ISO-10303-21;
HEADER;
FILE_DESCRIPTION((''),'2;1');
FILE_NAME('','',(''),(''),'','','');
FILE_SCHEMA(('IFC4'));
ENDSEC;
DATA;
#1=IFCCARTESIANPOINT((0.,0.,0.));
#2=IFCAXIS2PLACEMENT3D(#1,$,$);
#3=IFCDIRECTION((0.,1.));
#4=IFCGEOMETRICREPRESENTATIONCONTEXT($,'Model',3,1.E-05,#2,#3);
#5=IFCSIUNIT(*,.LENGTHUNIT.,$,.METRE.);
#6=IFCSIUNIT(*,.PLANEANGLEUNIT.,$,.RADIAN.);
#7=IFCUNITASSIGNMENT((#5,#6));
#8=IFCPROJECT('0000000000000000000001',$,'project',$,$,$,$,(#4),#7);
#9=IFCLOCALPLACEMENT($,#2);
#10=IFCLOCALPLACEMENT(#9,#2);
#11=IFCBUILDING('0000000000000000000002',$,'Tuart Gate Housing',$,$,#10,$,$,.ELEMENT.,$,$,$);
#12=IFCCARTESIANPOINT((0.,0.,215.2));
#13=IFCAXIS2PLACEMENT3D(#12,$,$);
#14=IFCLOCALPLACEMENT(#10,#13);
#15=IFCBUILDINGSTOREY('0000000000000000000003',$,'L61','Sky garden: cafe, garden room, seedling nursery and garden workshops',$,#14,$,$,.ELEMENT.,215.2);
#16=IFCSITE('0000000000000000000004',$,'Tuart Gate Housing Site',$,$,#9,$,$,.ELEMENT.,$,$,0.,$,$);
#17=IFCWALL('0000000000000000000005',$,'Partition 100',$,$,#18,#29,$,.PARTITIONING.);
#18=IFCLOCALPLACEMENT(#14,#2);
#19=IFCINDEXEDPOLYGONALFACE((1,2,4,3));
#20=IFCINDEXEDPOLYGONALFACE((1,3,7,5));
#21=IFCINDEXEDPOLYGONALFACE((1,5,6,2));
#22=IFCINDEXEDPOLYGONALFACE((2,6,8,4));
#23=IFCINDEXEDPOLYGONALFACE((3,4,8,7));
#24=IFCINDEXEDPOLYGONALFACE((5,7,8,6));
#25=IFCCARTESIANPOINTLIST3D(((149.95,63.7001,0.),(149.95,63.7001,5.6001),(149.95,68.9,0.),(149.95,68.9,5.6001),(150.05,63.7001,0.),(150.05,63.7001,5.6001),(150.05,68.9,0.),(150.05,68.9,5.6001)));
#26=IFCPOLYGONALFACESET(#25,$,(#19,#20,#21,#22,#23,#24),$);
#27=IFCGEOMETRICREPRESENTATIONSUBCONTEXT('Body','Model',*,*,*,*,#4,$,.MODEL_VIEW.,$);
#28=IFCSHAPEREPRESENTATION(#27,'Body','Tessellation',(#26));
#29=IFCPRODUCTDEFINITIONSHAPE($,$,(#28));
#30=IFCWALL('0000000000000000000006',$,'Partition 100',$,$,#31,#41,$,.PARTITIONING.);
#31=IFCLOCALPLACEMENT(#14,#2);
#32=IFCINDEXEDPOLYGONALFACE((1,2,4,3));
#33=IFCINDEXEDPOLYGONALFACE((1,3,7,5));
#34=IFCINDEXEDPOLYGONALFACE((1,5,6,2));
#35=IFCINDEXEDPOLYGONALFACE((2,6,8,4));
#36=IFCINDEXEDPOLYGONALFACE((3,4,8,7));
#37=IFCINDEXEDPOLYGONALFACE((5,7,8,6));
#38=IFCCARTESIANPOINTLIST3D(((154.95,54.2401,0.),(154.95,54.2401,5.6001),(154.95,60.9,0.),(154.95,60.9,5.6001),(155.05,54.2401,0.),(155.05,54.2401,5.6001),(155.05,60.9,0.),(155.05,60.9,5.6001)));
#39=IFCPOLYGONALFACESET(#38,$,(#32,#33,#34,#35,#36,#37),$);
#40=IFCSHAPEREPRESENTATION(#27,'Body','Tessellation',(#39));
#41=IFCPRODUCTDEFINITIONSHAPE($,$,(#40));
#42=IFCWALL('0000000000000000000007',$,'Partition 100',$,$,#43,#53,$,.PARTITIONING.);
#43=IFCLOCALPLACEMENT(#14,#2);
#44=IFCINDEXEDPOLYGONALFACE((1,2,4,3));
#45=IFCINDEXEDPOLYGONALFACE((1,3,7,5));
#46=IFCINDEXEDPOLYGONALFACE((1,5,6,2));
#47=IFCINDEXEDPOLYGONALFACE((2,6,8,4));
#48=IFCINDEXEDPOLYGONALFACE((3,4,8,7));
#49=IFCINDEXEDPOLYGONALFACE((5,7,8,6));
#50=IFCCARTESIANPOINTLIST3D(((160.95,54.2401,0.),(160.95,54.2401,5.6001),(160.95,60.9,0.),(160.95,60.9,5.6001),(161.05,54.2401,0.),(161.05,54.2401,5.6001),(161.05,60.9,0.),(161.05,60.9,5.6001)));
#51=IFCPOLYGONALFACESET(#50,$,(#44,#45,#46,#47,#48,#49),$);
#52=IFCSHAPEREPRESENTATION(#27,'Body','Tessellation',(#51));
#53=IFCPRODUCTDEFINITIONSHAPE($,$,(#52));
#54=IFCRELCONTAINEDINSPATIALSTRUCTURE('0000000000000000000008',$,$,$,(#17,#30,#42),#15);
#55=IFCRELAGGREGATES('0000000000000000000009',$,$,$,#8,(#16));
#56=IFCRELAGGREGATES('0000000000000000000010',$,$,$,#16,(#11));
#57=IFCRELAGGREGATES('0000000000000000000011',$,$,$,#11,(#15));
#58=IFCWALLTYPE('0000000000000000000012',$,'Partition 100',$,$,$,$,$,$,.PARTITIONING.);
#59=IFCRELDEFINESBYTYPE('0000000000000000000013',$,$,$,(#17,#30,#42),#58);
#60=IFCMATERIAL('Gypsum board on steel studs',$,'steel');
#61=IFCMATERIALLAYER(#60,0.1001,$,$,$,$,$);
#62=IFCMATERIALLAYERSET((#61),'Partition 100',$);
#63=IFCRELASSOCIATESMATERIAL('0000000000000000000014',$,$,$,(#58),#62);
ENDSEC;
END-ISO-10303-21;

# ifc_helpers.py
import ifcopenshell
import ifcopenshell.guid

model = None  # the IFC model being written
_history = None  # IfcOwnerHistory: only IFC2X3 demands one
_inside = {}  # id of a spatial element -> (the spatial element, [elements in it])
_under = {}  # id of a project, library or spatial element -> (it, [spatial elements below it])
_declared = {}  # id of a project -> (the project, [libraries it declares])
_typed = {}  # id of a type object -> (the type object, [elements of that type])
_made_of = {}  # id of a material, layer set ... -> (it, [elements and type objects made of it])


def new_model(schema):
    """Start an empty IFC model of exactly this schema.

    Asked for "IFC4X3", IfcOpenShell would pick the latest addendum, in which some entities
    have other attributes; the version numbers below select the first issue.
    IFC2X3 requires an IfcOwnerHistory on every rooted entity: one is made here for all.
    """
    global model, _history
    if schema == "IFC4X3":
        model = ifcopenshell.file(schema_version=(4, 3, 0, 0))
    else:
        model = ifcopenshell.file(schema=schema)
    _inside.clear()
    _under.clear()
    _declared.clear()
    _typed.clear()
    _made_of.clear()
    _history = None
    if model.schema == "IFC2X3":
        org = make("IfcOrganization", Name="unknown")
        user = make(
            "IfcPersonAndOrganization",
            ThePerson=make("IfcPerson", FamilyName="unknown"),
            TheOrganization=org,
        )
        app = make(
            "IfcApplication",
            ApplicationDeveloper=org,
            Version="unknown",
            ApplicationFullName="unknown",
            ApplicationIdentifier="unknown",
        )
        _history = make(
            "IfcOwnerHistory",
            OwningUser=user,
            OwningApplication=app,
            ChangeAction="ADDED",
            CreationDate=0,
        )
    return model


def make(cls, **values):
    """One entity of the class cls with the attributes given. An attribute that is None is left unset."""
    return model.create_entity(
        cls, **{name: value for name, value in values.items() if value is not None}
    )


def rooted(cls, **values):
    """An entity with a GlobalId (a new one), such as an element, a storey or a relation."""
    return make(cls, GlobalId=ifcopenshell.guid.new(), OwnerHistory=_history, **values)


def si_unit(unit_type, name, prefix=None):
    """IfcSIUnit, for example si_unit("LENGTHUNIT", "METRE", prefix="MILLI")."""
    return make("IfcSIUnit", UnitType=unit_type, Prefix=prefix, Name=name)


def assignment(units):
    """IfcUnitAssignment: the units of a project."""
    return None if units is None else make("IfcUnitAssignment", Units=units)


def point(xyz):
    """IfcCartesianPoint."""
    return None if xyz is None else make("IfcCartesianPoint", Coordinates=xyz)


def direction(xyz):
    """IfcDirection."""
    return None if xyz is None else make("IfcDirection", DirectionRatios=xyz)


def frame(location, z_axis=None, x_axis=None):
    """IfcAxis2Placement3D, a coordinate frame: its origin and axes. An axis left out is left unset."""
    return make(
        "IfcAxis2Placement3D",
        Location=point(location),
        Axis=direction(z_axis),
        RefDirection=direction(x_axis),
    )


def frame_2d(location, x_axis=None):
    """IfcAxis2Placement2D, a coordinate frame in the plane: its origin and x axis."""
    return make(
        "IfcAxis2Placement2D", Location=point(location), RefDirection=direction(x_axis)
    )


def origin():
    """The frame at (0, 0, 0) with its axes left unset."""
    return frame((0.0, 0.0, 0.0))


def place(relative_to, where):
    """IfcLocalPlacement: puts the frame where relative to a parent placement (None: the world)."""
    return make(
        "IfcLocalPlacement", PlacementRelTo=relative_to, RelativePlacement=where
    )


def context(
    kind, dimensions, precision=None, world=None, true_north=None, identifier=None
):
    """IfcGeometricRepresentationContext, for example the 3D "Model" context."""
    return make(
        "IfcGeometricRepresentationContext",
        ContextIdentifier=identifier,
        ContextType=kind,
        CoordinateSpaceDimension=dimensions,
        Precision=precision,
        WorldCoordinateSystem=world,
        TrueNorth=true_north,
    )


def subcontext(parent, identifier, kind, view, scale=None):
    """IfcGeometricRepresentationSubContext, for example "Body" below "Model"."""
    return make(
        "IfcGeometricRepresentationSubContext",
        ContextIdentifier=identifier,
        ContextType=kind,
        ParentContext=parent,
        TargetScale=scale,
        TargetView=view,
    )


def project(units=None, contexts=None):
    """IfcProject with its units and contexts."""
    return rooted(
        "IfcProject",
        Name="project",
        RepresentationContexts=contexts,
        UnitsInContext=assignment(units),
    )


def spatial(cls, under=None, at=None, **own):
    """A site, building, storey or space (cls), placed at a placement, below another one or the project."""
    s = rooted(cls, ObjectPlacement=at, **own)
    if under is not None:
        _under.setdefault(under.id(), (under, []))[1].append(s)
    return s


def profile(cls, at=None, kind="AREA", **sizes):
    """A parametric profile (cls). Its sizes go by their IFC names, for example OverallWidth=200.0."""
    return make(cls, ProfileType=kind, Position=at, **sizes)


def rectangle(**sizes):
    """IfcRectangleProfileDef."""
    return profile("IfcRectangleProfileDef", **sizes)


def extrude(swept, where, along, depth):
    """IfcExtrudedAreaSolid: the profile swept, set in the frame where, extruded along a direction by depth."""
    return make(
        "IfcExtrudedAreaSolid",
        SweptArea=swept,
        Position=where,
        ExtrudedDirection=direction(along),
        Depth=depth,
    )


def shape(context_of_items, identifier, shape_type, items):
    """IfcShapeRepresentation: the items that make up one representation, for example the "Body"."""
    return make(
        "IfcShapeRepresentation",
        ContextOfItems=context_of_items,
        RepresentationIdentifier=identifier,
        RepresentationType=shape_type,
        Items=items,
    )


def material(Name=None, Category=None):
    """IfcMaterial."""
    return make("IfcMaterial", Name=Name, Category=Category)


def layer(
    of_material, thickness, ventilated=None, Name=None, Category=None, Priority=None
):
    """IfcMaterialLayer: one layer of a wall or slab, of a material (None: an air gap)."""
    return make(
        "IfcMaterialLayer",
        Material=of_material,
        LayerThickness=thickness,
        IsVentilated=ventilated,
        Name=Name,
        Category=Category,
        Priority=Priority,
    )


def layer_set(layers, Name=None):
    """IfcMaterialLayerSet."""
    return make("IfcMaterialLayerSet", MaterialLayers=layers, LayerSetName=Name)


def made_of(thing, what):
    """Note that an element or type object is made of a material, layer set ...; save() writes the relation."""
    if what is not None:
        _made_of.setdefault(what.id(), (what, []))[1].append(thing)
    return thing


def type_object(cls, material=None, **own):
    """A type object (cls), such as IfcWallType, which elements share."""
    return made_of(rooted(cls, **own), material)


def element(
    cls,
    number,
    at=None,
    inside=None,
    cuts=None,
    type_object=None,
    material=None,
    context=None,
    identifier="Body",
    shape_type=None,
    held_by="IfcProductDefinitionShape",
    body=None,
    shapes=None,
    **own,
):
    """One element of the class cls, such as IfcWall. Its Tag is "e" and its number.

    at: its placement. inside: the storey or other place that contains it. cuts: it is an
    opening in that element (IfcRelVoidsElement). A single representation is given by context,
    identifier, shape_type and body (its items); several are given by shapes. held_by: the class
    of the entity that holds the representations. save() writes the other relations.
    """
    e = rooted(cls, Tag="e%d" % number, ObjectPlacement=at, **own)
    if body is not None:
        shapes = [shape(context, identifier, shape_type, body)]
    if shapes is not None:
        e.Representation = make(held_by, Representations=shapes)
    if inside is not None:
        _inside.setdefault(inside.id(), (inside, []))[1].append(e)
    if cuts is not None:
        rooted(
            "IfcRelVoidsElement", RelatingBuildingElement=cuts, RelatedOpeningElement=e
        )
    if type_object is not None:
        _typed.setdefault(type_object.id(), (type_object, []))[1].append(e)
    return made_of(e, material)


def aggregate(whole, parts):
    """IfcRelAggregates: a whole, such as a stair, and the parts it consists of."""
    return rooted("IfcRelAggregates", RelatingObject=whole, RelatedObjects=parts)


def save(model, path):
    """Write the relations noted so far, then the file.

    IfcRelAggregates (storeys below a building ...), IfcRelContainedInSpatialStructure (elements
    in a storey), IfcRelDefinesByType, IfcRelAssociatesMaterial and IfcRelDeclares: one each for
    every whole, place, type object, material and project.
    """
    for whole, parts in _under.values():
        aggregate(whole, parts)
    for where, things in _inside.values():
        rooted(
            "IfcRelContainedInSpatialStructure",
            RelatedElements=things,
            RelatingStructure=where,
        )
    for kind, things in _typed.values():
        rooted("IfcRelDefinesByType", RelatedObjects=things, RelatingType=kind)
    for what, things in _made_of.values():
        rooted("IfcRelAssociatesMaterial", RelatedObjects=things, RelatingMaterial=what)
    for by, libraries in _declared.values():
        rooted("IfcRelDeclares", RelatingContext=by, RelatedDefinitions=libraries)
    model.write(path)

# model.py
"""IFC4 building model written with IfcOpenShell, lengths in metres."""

from ifc_helpers import new_model, si_unit, direction, frame, frame_2d, origin, place, context, subcontext, project, spatial, rectangle, extrude, material, layer, layer_set, type_object, element, save


model = new_model("IFC4")

# Units and contexts
model_context = context("Model", 3, precision=1e-05, world=origin(), true_north=direction((0.0, 1.0)))
body_context = subcontext(model_context, "Body", "Model", "MODEL_VIEW")
ifc_project = project(units=[si_unit("LENGTHUNIT", "METRE"), si_unit("PLANEANGLEUNIT", "RADIAN")], contexts=[model_context])

# Site, building, storey
site_placement = place(None, origin())
site = spatial("IfcSite", under=ifc_project, at=site_placement, Name="Tuart Gate Housing Site", CompositionType="ELEMENT", RefElevation=0.0)
building_placement = place(site_placement, origin())
building = spatial("IfcBuilding", under=site, at=building_placement, Name="Tuart Gate Housing", CompositionType="ELEMENT")
storey_placement = place(building_placement, frame((0.0, 0.0, 215.2)))
storey = spatial("IfcBuildingStorey", under=building, at=storey_placement, Name="L61", Description="Sky garden: cafe, garden room, seedling nursery and garden workshops", CompositionType="ELEMENT", Elevation=215.2)

# Walls
ifc_material_1 = material(Name="Gypsum board on steel studs", Category="steel")
ifc_layer_1 = layer(ifc_material_1, 0.1001)
ifc_layer_set_1 = layer_set([ifc_layer_1], Name="Partition 100")
wall_type_1 = type_object("IfcWallType", Name="Partition 100", PredefinedType="PARTITIONING", material=ifc_layer_set_1)
wall_1_placement = place(storey_placement, frame((150.0, 63.7, 0.0), z_axis=(0.0, 0.0, 1.0), x_axis=(0.0, 1.0, 0.0)))
element("IfcWall", 1, at=wall_1_placement, inside=storey, type_object=wall_type_1, Name="Partition 100", PredefinedType="PARTITIONING", context=body_context, shape_type="SweptSolid", body=[
    extrude(rectangle(XDim=5.2, YDim=0.1001, at=frame_2d((2.6001, 0.0))), origin(), (0.0, 0.0, 1.0), 5.6001),
])
for number, where, z_axis, x_axis, name in (
    (2, (155.0, 54.24, 0.0), (0.0, 0.0, 1.0), (0.0, 1.0, 0.0), "Partition 100"),
    (3, (161.0, 54.24, 0.0), (0.0, 0.0, 1.0), (0.0, 1.0, 0.0), "Partition 100"),
):
    element("IfcWall", number, at=place(storey_placement, frame(where, z_axis=z_axis, x_axis=x_axis)), inside=storey, type_object=wall_type_1, Name=name, PredefinedType="PARTITIONING", context=body_context, shape_type="SweptSolid", body=[
        extrude(rectangle(XDim=6.6599, YDim=0.1001, at=frame_2d((3.3301, 0.0))), origin(), (0.0, 0.0, 1.0), 5.6001),
    ])

save(model, "model.ifc")
